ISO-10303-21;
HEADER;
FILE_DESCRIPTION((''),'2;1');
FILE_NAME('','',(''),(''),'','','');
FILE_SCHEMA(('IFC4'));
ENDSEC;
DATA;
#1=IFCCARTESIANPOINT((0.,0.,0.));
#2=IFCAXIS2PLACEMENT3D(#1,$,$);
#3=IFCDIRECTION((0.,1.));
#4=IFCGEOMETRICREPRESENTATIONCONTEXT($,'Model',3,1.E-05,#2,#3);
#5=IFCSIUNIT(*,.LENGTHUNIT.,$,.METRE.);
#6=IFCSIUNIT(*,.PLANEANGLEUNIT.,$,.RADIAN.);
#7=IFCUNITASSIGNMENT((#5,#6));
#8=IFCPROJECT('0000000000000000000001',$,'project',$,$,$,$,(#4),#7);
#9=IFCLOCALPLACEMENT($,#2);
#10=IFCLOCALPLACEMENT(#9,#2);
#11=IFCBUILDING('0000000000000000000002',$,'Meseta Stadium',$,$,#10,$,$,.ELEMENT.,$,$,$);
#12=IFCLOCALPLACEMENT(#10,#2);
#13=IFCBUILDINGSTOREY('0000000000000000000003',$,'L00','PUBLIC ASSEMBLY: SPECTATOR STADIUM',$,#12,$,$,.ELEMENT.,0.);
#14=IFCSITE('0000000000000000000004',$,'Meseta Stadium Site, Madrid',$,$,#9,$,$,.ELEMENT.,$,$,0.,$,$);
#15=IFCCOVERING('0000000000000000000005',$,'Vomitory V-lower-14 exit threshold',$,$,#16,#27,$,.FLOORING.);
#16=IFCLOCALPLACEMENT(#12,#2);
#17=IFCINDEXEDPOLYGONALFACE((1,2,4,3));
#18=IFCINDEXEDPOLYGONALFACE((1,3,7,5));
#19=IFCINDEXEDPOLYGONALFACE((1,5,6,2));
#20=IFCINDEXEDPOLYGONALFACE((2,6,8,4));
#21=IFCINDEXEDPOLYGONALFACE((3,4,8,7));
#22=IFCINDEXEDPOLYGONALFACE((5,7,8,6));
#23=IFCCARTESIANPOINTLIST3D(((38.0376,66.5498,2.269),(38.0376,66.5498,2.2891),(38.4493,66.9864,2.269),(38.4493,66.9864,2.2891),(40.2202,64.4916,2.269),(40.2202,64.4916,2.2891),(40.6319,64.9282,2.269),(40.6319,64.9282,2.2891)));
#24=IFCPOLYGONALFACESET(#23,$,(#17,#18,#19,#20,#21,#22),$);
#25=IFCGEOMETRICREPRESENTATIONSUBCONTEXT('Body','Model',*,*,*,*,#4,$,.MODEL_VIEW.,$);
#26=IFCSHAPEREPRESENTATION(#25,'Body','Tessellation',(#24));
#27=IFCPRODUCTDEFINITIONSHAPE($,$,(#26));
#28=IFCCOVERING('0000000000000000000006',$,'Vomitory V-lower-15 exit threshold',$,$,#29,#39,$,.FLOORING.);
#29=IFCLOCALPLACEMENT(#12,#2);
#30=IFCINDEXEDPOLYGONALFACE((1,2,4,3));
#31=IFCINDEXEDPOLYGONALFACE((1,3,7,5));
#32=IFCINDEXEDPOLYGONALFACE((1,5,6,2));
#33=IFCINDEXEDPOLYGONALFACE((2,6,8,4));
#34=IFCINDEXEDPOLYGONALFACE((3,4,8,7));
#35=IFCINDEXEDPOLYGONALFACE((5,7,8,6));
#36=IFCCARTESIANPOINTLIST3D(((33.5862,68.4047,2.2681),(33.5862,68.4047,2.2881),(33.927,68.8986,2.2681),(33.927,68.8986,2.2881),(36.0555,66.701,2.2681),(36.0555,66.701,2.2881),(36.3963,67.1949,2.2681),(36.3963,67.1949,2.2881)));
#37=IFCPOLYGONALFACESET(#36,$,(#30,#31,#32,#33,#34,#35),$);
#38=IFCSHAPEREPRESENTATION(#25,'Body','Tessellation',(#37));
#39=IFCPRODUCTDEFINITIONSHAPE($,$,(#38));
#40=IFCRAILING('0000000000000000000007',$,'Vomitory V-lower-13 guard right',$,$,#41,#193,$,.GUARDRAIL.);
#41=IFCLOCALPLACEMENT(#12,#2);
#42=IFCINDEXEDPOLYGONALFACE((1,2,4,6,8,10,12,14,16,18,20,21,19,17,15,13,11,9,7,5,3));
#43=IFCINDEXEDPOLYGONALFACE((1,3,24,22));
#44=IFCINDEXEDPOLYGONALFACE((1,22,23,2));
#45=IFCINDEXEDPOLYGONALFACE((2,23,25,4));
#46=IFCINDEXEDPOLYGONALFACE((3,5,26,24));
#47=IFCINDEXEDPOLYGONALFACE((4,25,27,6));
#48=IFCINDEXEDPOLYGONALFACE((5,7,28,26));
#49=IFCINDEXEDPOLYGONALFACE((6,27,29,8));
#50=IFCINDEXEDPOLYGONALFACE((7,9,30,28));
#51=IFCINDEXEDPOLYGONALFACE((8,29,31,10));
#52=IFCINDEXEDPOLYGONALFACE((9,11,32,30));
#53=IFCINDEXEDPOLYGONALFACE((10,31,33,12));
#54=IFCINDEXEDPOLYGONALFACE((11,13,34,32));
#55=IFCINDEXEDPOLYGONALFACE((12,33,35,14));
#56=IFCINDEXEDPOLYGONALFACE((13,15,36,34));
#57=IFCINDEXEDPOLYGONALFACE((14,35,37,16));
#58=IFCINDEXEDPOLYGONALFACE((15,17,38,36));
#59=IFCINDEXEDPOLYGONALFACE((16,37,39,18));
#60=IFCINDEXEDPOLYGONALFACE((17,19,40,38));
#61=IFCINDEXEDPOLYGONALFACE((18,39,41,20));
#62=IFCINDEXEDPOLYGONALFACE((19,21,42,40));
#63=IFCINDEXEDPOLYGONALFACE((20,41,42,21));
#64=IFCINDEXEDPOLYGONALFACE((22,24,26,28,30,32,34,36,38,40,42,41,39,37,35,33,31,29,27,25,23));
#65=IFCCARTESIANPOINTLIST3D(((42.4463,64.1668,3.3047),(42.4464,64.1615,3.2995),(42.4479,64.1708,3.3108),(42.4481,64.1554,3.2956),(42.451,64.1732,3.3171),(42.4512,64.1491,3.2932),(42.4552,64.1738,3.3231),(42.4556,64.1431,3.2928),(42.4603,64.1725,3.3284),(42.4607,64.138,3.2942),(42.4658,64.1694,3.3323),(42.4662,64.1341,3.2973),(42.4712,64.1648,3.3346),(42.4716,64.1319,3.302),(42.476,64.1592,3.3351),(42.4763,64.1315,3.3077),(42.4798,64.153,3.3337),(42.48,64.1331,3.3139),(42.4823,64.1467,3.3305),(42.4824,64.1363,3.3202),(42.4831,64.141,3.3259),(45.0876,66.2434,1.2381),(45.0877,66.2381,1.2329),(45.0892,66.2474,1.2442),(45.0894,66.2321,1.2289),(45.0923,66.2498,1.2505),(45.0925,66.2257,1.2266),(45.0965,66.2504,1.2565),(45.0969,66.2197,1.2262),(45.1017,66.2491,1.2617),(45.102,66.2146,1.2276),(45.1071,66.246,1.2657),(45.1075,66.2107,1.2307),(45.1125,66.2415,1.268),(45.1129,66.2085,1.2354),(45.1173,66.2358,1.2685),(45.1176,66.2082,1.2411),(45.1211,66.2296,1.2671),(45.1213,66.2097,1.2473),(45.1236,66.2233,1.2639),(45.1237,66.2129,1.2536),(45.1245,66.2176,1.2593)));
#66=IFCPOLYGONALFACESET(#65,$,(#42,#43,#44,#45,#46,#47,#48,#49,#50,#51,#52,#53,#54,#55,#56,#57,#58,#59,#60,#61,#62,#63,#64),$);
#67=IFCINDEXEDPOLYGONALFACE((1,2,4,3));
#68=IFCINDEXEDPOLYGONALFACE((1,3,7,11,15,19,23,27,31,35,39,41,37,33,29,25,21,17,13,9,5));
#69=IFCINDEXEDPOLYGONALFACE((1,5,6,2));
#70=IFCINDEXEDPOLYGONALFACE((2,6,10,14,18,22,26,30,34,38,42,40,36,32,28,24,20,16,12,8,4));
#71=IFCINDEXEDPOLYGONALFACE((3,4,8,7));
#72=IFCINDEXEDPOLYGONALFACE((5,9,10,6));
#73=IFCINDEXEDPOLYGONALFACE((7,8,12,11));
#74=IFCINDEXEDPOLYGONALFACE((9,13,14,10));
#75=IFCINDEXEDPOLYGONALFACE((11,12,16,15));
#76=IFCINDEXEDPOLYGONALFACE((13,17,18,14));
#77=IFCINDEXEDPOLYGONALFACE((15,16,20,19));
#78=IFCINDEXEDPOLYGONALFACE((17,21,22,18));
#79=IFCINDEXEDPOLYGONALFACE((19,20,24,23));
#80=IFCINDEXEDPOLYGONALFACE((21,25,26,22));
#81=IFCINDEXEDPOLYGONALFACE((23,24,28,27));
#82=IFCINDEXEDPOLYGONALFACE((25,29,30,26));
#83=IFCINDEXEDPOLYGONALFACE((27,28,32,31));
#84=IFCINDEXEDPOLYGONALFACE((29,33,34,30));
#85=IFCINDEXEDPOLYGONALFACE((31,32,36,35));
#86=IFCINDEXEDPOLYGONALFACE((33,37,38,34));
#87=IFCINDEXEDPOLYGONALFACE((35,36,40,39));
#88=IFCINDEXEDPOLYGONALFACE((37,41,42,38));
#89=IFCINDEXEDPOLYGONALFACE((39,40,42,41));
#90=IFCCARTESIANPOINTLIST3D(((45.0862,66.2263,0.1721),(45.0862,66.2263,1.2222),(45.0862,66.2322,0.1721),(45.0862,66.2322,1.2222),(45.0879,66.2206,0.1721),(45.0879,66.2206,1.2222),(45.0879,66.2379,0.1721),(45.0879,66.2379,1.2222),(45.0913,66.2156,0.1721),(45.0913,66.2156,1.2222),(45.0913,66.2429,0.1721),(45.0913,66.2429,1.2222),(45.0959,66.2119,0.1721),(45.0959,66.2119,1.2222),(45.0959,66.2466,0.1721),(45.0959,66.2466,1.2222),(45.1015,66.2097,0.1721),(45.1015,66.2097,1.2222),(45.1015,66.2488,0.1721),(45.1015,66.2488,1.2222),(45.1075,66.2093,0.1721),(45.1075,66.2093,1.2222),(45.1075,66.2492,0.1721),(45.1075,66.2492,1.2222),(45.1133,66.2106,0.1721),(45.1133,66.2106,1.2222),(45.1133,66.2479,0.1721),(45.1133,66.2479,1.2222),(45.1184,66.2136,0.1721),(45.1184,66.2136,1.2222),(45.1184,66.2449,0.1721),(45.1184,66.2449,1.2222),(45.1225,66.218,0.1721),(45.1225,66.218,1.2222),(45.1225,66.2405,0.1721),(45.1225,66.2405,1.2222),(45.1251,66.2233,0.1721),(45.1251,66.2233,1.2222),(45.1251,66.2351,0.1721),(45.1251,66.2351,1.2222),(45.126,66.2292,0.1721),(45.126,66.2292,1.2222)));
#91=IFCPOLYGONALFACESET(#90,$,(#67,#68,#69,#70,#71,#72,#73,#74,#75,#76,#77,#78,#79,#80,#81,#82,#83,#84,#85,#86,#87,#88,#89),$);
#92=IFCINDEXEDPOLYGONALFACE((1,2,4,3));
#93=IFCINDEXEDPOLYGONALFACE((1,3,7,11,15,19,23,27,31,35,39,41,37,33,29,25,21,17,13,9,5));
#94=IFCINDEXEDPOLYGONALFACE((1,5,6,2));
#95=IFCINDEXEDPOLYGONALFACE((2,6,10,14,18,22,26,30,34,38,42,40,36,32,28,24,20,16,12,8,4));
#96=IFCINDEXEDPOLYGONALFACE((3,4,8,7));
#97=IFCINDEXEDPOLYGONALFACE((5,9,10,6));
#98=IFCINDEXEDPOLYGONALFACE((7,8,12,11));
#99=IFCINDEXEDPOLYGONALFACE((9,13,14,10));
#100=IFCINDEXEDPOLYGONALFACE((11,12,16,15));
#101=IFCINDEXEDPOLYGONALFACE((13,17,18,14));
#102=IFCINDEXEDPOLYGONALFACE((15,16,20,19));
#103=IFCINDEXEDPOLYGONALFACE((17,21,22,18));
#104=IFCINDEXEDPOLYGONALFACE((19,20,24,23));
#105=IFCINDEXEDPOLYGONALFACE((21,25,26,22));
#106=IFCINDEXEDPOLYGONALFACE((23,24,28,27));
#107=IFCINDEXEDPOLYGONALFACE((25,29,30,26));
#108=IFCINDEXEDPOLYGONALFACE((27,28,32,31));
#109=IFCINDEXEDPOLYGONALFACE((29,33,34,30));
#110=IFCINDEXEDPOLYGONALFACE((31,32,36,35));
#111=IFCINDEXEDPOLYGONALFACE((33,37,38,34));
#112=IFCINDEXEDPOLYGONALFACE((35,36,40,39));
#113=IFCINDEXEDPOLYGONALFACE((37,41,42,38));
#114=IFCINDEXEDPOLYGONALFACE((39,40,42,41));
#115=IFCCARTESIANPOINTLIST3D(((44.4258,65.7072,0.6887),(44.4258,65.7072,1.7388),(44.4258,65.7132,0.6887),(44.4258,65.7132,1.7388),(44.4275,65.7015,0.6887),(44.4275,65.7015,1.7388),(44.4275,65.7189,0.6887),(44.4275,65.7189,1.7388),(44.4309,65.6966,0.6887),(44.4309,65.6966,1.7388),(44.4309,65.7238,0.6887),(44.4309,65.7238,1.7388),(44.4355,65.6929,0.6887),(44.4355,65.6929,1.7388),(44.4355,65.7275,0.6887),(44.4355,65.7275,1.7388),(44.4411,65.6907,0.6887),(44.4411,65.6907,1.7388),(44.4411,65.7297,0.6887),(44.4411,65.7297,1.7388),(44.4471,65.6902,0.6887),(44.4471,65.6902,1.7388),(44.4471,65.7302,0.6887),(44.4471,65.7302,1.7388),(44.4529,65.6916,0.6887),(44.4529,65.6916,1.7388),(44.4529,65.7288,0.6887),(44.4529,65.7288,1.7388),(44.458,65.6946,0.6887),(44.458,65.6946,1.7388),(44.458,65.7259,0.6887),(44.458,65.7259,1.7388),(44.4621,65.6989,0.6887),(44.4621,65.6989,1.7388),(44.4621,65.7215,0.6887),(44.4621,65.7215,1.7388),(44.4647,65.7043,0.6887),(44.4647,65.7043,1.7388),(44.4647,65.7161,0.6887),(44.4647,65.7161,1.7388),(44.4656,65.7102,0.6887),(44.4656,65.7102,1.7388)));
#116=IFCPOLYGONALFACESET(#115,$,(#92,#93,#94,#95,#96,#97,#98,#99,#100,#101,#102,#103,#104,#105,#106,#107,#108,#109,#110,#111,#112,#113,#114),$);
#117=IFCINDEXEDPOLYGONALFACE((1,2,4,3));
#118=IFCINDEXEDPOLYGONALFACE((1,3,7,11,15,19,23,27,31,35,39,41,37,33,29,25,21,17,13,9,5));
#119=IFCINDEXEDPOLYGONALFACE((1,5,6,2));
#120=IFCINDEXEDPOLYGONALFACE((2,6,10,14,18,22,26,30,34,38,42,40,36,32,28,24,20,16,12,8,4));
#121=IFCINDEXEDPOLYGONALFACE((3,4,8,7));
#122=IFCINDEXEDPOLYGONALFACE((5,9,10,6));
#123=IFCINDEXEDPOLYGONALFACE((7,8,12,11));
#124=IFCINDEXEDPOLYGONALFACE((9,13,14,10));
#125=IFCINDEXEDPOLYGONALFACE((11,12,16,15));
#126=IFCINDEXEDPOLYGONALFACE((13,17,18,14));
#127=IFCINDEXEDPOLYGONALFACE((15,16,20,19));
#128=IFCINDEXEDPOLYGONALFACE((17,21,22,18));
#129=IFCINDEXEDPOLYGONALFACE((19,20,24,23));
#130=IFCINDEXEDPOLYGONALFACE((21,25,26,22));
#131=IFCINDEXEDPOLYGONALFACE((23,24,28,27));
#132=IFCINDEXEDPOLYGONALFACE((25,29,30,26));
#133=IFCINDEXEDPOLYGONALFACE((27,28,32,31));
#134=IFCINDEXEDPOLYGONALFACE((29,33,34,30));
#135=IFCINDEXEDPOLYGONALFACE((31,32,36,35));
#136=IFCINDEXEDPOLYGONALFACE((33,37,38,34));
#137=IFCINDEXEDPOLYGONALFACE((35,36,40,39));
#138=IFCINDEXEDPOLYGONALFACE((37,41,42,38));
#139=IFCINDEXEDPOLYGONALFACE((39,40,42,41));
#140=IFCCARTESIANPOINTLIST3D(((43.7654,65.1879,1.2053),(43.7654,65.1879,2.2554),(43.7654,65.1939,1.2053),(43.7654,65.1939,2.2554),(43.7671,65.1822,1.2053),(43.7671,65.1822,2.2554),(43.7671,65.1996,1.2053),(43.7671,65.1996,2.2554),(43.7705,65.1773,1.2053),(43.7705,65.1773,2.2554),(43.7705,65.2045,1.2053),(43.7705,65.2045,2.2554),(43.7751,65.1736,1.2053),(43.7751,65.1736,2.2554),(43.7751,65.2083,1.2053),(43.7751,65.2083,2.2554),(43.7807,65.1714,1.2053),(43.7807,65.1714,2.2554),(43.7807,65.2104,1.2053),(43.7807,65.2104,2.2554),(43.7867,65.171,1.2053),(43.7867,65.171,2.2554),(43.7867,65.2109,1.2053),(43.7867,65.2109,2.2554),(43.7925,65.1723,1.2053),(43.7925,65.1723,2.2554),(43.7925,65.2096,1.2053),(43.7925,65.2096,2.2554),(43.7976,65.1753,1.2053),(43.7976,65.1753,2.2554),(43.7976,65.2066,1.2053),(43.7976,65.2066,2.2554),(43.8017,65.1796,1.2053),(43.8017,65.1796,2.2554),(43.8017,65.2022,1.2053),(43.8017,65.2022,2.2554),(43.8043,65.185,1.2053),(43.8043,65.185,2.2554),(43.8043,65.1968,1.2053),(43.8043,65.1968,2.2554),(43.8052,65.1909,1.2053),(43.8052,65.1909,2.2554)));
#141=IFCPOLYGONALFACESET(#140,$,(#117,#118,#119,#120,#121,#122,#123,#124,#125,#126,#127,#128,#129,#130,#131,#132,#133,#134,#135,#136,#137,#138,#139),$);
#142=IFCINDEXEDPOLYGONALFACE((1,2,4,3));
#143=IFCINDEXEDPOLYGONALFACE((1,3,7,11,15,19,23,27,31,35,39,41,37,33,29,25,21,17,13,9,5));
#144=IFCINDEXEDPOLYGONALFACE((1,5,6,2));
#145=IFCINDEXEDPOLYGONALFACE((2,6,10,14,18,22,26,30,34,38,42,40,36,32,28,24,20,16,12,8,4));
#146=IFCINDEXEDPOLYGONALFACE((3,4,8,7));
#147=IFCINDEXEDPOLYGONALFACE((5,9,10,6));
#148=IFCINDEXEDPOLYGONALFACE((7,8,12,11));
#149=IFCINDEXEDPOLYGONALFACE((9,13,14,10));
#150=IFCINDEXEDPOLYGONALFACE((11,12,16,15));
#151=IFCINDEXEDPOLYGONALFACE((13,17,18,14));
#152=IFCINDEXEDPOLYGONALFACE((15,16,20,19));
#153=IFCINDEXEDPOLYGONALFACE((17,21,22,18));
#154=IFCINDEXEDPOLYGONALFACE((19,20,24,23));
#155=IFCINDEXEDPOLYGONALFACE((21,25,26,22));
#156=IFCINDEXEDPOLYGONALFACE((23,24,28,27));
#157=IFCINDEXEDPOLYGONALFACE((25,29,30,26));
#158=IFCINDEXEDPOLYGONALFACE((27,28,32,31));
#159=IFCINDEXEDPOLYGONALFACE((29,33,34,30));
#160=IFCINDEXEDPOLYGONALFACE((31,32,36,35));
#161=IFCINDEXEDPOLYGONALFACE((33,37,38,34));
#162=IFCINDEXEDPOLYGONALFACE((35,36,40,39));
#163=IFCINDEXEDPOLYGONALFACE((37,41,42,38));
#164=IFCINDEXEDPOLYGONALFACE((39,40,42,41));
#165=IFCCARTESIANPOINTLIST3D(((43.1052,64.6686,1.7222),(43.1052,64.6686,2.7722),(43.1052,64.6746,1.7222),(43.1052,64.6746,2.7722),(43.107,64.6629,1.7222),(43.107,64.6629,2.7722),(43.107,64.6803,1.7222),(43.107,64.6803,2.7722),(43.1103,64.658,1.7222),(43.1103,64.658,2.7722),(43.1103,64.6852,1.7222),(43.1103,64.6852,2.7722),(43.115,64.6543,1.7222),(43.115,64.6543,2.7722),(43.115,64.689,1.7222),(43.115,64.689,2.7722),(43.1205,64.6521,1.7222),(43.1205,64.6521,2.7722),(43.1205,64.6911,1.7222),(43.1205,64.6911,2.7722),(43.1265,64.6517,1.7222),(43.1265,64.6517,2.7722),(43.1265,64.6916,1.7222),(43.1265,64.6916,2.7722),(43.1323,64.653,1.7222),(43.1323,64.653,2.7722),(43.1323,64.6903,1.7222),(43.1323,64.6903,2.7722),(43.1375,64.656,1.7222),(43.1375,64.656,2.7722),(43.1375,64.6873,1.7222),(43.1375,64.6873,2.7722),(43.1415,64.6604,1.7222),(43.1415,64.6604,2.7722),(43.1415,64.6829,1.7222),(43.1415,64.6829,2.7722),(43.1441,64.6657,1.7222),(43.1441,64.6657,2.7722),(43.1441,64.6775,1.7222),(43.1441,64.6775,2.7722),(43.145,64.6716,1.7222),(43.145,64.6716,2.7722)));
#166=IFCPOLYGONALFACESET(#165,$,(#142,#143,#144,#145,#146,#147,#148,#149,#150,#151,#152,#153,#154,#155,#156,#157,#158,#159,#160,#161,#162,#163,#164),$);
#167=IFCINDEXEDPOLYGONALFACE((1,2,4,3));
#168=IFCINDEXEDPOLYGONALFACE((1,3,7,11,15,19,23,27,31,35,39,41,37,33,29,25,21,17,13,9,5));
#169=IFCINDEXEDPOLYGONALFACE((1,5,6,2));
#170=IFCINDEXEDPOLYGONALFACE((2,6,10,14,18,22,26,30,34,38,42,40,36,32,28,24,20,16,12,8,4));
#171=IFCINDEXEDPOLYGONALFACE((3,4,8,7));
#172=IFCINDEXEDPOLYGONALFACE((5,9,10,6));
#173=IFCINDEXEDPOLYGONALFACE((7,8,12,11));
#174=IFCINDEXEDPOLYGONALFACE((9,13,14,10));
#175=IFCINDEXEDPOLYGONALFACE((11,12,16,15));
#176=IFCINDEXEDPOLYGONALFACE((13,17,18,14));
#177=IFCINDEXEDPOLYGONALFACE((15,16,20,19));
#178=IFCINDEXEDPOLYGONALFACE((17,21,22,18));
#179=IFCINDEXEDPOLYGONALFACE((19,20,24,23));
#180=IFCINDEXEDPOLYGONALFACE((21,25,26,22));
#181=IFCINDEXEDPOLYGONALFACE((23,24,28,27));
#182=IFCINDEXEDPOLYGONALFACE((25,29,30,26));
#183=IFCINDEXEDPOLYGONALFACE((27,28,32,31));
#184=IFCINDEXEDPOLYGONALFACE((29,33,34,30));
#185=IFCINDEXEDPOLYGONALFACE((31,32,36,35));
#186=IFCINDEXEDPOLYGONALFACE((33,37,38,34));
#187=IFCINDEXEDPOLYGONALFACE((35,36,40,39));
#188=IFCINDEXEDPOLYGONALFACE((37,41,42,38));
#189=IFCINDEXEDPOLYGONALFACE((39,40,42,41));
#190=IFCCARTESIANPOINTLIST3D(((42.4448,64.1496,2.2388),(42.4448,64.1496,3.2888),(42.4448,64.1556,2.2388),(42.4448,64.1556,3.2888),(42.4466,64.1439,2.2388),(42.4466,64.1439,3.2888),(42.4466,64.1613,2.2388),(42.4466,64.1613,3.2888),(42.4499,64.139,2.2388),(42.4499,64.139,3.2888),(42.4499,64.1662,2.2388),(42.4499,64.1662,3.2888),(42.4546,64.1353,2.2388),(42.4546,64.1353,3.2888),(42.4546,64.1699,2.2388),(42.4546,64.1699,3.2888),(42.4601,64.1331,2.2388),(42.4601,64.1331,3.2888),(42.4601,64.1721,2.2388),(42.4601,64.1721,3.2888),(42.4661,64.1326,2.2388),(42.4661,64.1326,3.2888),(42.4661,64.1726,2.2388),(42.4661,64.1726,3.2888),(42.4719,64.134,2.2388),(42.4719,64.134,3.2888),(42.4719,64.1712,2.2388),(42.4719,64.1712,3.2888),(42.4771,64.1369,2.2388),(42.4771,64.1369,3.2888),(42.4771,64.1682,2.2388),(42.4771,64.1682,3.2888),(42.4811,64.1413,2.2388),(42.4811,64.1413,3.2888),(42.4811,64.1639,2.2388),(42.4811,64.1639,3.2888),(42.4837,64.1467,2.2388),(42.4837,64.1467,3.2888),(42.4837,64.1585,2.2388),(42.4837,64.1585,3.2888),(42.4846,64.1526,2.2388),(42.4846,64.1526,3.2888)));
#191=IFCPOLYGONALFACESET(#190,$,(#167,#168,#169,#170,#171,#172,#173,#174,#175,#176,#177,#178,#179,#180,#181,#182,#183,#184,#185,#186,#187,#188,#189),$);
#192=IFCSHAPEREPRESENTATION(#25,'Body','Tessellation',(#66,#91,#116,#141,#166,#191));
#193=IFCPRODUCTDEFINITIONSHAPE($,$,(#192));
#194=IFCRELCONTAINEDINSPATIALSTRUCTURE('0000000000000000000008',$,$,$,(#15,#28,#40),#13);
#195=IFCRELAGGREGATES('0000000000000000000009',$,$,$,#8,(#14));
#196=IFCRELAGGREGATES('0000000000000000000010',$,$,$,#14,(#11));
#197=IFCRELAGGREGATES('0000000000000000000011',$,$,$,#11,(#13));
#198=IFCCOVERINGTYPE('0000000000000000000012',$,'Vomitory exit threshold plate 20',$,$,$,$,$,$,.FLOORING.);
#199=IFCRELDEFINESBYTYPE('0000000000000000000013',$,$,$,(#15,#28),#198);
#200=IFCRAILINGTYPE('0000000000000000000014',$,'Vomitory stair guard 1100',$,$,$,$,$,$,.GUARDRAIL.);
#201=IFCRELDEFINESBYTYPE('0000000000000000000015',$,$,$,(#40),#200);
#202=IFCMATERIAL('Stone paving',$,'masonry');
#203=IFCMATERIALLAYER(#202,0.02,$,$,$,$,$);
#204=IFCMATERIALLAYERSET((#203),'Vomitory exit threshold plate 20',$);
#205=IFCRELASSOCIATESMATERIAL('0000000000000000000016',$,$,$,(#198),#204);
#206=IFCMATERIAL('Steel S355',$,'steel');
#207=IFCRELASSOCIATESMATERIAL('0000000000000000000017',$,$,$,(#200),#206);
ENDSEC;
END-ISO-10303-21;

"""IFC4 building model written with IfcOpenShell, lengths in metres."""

from ifc_helpers import new_model, si_unit, direction, frame, origin, origin_2d, place, context, subcontext, project, spatial, rectangle, circle, extrude, material, layer, layer_set, type_object, element, save


model = new_model("IFC4")

# Units and contexts
model_context = context("Model", 3, precision=1e-05, world=origin(), true_north=direction((0.0, 1.0)))
body_context = subcontext(model_context, "Body", "Model", "MODEL_VIEW")
ifc_project = project(units=[si_unit("LENGTHUNIT", "METRE"), si_unit("PLANEANGLEUNIT", "RADIAN")], contexts=[model_context])

# Site, building, storey
site_placement = place(None, origin())
site = spatial("IfcSite", under=ifc_project, at=site_placement, Name="Meseta Stadium Site, Madrid", CompositionType="ELEMENT", RefElevation=0.0)
building_placement = place(site_placement, origin())
building = spatial("IfcBuilding", under=site, at=building_placement, Name="Meseta Stadium", CompositionType="ELEMENT")
storey_placement = place(building_placement, origin())
storey = spatial("IfcBuildingStorey", under=building, at=storey_placement, Name="L00", Description="PUBLIC ASSEMBLY: SPECTATOR STADIUM", CompositionType="ELEMENT", Elevation=0.0)

# Coverings
ifc_material_1 = material(Name="Stone paving", Category="masonry")
ifc_layer = layer(ifc_material_1, 0.02)
ifc_layer_set = layer_set([ifc_layer], Name="Vomitory exit threshold plate 20")
covering_type = type_object("IfcCoveringType", Name="Vomitory exit threshold plate 20", PredefinedType="FLOORING", material=ifc_layer_set)
for number, where, z_axis, x_axis, name in (
    (1, (39.3347, 65.739, 2.269), (0.0, 0.0, 1.0), (-0.686065, -0.727541, 0.0), "Vomitory V-lower-14 exit threshold"),
    (2, (34.9912, 67.7998, 2.2681), (0.0, 0.0, 1.0), (-0.5679, -0.823098, 0.0), "Vomitory V-lower-15 exit threshold"),
):
    element("IfcCovering", number, at=place(storey_placement, frame(where, z_axis=z_axis, x_axis=x_axis)), inside=storey, type_object=covering_type, Name=name, PredefinedType="FLOORING", context=body_context, shape_type="SweptSolid", body=[
        extrude(rectangle(XDim=0.6001, YDim=3.0, at=origin_2d()), origin(), (0.0, 0.0, 1.0), 0.02),
    ])

# Railing
ifc_material_2 = material(Name="Steel S355", Category="steel")
railing_type_1 = type_object("IfcRailingType", Name="Vomitory stair guard 1100", PredefinedType="GUARDRAIL", material=ifc_material_2)
railing_1_placement = place(storey_placement, frame((45.106, 66.2292, 0.1721)))
element("IfcRailing", 3, at=railing_1_placement, inside=storey, type_object=railing_type_1, Name="Vomitory V-lower-13 guard right", PredefinedType="GUARDRAIL", context=body_context, shape_type="SweptSolid", body=[
    extrude(circle(Radius=0.0249, at=origin_2d()), frame((0.0, 0.0, 1.0752), z_axis=(-0.669604, -0.526449, 0.523911), x_axis=(0.618062, -0.786129, 0.0)), (0.0, 0.0, 1.0), 3.9446),
    extrude(circle(Radius=0.02, at=origin_2d()), origin(), (0.0, 0.0, 1.0), 1.05),
    extrude(circle(Radius=0.02, at=origin_2d()), frame((-0.6604, -0.519, 0.5166)), (0.0, 0.0, 1.0), 1.05),
    extrude(circle(Radius=0.02, at=origin_2d()), frame((-1.3208, -1.0383, 1.0332)), (0.0, 0.0, 1.0), 1.05),
    extrude(circle(Radius=0.02, at=origin_2d()), frame((-1.981, -1.5576, 1.55)), (0.0, 0.0, 1.0), 1.05),
    extrude(circle(Radius=0.02, at=origin_2d()), frame((-2.6414, -2.0767, 2.0667)), (0.0, 0.0, 1.0), 1.05),
])

save(model, "model.ifc")
